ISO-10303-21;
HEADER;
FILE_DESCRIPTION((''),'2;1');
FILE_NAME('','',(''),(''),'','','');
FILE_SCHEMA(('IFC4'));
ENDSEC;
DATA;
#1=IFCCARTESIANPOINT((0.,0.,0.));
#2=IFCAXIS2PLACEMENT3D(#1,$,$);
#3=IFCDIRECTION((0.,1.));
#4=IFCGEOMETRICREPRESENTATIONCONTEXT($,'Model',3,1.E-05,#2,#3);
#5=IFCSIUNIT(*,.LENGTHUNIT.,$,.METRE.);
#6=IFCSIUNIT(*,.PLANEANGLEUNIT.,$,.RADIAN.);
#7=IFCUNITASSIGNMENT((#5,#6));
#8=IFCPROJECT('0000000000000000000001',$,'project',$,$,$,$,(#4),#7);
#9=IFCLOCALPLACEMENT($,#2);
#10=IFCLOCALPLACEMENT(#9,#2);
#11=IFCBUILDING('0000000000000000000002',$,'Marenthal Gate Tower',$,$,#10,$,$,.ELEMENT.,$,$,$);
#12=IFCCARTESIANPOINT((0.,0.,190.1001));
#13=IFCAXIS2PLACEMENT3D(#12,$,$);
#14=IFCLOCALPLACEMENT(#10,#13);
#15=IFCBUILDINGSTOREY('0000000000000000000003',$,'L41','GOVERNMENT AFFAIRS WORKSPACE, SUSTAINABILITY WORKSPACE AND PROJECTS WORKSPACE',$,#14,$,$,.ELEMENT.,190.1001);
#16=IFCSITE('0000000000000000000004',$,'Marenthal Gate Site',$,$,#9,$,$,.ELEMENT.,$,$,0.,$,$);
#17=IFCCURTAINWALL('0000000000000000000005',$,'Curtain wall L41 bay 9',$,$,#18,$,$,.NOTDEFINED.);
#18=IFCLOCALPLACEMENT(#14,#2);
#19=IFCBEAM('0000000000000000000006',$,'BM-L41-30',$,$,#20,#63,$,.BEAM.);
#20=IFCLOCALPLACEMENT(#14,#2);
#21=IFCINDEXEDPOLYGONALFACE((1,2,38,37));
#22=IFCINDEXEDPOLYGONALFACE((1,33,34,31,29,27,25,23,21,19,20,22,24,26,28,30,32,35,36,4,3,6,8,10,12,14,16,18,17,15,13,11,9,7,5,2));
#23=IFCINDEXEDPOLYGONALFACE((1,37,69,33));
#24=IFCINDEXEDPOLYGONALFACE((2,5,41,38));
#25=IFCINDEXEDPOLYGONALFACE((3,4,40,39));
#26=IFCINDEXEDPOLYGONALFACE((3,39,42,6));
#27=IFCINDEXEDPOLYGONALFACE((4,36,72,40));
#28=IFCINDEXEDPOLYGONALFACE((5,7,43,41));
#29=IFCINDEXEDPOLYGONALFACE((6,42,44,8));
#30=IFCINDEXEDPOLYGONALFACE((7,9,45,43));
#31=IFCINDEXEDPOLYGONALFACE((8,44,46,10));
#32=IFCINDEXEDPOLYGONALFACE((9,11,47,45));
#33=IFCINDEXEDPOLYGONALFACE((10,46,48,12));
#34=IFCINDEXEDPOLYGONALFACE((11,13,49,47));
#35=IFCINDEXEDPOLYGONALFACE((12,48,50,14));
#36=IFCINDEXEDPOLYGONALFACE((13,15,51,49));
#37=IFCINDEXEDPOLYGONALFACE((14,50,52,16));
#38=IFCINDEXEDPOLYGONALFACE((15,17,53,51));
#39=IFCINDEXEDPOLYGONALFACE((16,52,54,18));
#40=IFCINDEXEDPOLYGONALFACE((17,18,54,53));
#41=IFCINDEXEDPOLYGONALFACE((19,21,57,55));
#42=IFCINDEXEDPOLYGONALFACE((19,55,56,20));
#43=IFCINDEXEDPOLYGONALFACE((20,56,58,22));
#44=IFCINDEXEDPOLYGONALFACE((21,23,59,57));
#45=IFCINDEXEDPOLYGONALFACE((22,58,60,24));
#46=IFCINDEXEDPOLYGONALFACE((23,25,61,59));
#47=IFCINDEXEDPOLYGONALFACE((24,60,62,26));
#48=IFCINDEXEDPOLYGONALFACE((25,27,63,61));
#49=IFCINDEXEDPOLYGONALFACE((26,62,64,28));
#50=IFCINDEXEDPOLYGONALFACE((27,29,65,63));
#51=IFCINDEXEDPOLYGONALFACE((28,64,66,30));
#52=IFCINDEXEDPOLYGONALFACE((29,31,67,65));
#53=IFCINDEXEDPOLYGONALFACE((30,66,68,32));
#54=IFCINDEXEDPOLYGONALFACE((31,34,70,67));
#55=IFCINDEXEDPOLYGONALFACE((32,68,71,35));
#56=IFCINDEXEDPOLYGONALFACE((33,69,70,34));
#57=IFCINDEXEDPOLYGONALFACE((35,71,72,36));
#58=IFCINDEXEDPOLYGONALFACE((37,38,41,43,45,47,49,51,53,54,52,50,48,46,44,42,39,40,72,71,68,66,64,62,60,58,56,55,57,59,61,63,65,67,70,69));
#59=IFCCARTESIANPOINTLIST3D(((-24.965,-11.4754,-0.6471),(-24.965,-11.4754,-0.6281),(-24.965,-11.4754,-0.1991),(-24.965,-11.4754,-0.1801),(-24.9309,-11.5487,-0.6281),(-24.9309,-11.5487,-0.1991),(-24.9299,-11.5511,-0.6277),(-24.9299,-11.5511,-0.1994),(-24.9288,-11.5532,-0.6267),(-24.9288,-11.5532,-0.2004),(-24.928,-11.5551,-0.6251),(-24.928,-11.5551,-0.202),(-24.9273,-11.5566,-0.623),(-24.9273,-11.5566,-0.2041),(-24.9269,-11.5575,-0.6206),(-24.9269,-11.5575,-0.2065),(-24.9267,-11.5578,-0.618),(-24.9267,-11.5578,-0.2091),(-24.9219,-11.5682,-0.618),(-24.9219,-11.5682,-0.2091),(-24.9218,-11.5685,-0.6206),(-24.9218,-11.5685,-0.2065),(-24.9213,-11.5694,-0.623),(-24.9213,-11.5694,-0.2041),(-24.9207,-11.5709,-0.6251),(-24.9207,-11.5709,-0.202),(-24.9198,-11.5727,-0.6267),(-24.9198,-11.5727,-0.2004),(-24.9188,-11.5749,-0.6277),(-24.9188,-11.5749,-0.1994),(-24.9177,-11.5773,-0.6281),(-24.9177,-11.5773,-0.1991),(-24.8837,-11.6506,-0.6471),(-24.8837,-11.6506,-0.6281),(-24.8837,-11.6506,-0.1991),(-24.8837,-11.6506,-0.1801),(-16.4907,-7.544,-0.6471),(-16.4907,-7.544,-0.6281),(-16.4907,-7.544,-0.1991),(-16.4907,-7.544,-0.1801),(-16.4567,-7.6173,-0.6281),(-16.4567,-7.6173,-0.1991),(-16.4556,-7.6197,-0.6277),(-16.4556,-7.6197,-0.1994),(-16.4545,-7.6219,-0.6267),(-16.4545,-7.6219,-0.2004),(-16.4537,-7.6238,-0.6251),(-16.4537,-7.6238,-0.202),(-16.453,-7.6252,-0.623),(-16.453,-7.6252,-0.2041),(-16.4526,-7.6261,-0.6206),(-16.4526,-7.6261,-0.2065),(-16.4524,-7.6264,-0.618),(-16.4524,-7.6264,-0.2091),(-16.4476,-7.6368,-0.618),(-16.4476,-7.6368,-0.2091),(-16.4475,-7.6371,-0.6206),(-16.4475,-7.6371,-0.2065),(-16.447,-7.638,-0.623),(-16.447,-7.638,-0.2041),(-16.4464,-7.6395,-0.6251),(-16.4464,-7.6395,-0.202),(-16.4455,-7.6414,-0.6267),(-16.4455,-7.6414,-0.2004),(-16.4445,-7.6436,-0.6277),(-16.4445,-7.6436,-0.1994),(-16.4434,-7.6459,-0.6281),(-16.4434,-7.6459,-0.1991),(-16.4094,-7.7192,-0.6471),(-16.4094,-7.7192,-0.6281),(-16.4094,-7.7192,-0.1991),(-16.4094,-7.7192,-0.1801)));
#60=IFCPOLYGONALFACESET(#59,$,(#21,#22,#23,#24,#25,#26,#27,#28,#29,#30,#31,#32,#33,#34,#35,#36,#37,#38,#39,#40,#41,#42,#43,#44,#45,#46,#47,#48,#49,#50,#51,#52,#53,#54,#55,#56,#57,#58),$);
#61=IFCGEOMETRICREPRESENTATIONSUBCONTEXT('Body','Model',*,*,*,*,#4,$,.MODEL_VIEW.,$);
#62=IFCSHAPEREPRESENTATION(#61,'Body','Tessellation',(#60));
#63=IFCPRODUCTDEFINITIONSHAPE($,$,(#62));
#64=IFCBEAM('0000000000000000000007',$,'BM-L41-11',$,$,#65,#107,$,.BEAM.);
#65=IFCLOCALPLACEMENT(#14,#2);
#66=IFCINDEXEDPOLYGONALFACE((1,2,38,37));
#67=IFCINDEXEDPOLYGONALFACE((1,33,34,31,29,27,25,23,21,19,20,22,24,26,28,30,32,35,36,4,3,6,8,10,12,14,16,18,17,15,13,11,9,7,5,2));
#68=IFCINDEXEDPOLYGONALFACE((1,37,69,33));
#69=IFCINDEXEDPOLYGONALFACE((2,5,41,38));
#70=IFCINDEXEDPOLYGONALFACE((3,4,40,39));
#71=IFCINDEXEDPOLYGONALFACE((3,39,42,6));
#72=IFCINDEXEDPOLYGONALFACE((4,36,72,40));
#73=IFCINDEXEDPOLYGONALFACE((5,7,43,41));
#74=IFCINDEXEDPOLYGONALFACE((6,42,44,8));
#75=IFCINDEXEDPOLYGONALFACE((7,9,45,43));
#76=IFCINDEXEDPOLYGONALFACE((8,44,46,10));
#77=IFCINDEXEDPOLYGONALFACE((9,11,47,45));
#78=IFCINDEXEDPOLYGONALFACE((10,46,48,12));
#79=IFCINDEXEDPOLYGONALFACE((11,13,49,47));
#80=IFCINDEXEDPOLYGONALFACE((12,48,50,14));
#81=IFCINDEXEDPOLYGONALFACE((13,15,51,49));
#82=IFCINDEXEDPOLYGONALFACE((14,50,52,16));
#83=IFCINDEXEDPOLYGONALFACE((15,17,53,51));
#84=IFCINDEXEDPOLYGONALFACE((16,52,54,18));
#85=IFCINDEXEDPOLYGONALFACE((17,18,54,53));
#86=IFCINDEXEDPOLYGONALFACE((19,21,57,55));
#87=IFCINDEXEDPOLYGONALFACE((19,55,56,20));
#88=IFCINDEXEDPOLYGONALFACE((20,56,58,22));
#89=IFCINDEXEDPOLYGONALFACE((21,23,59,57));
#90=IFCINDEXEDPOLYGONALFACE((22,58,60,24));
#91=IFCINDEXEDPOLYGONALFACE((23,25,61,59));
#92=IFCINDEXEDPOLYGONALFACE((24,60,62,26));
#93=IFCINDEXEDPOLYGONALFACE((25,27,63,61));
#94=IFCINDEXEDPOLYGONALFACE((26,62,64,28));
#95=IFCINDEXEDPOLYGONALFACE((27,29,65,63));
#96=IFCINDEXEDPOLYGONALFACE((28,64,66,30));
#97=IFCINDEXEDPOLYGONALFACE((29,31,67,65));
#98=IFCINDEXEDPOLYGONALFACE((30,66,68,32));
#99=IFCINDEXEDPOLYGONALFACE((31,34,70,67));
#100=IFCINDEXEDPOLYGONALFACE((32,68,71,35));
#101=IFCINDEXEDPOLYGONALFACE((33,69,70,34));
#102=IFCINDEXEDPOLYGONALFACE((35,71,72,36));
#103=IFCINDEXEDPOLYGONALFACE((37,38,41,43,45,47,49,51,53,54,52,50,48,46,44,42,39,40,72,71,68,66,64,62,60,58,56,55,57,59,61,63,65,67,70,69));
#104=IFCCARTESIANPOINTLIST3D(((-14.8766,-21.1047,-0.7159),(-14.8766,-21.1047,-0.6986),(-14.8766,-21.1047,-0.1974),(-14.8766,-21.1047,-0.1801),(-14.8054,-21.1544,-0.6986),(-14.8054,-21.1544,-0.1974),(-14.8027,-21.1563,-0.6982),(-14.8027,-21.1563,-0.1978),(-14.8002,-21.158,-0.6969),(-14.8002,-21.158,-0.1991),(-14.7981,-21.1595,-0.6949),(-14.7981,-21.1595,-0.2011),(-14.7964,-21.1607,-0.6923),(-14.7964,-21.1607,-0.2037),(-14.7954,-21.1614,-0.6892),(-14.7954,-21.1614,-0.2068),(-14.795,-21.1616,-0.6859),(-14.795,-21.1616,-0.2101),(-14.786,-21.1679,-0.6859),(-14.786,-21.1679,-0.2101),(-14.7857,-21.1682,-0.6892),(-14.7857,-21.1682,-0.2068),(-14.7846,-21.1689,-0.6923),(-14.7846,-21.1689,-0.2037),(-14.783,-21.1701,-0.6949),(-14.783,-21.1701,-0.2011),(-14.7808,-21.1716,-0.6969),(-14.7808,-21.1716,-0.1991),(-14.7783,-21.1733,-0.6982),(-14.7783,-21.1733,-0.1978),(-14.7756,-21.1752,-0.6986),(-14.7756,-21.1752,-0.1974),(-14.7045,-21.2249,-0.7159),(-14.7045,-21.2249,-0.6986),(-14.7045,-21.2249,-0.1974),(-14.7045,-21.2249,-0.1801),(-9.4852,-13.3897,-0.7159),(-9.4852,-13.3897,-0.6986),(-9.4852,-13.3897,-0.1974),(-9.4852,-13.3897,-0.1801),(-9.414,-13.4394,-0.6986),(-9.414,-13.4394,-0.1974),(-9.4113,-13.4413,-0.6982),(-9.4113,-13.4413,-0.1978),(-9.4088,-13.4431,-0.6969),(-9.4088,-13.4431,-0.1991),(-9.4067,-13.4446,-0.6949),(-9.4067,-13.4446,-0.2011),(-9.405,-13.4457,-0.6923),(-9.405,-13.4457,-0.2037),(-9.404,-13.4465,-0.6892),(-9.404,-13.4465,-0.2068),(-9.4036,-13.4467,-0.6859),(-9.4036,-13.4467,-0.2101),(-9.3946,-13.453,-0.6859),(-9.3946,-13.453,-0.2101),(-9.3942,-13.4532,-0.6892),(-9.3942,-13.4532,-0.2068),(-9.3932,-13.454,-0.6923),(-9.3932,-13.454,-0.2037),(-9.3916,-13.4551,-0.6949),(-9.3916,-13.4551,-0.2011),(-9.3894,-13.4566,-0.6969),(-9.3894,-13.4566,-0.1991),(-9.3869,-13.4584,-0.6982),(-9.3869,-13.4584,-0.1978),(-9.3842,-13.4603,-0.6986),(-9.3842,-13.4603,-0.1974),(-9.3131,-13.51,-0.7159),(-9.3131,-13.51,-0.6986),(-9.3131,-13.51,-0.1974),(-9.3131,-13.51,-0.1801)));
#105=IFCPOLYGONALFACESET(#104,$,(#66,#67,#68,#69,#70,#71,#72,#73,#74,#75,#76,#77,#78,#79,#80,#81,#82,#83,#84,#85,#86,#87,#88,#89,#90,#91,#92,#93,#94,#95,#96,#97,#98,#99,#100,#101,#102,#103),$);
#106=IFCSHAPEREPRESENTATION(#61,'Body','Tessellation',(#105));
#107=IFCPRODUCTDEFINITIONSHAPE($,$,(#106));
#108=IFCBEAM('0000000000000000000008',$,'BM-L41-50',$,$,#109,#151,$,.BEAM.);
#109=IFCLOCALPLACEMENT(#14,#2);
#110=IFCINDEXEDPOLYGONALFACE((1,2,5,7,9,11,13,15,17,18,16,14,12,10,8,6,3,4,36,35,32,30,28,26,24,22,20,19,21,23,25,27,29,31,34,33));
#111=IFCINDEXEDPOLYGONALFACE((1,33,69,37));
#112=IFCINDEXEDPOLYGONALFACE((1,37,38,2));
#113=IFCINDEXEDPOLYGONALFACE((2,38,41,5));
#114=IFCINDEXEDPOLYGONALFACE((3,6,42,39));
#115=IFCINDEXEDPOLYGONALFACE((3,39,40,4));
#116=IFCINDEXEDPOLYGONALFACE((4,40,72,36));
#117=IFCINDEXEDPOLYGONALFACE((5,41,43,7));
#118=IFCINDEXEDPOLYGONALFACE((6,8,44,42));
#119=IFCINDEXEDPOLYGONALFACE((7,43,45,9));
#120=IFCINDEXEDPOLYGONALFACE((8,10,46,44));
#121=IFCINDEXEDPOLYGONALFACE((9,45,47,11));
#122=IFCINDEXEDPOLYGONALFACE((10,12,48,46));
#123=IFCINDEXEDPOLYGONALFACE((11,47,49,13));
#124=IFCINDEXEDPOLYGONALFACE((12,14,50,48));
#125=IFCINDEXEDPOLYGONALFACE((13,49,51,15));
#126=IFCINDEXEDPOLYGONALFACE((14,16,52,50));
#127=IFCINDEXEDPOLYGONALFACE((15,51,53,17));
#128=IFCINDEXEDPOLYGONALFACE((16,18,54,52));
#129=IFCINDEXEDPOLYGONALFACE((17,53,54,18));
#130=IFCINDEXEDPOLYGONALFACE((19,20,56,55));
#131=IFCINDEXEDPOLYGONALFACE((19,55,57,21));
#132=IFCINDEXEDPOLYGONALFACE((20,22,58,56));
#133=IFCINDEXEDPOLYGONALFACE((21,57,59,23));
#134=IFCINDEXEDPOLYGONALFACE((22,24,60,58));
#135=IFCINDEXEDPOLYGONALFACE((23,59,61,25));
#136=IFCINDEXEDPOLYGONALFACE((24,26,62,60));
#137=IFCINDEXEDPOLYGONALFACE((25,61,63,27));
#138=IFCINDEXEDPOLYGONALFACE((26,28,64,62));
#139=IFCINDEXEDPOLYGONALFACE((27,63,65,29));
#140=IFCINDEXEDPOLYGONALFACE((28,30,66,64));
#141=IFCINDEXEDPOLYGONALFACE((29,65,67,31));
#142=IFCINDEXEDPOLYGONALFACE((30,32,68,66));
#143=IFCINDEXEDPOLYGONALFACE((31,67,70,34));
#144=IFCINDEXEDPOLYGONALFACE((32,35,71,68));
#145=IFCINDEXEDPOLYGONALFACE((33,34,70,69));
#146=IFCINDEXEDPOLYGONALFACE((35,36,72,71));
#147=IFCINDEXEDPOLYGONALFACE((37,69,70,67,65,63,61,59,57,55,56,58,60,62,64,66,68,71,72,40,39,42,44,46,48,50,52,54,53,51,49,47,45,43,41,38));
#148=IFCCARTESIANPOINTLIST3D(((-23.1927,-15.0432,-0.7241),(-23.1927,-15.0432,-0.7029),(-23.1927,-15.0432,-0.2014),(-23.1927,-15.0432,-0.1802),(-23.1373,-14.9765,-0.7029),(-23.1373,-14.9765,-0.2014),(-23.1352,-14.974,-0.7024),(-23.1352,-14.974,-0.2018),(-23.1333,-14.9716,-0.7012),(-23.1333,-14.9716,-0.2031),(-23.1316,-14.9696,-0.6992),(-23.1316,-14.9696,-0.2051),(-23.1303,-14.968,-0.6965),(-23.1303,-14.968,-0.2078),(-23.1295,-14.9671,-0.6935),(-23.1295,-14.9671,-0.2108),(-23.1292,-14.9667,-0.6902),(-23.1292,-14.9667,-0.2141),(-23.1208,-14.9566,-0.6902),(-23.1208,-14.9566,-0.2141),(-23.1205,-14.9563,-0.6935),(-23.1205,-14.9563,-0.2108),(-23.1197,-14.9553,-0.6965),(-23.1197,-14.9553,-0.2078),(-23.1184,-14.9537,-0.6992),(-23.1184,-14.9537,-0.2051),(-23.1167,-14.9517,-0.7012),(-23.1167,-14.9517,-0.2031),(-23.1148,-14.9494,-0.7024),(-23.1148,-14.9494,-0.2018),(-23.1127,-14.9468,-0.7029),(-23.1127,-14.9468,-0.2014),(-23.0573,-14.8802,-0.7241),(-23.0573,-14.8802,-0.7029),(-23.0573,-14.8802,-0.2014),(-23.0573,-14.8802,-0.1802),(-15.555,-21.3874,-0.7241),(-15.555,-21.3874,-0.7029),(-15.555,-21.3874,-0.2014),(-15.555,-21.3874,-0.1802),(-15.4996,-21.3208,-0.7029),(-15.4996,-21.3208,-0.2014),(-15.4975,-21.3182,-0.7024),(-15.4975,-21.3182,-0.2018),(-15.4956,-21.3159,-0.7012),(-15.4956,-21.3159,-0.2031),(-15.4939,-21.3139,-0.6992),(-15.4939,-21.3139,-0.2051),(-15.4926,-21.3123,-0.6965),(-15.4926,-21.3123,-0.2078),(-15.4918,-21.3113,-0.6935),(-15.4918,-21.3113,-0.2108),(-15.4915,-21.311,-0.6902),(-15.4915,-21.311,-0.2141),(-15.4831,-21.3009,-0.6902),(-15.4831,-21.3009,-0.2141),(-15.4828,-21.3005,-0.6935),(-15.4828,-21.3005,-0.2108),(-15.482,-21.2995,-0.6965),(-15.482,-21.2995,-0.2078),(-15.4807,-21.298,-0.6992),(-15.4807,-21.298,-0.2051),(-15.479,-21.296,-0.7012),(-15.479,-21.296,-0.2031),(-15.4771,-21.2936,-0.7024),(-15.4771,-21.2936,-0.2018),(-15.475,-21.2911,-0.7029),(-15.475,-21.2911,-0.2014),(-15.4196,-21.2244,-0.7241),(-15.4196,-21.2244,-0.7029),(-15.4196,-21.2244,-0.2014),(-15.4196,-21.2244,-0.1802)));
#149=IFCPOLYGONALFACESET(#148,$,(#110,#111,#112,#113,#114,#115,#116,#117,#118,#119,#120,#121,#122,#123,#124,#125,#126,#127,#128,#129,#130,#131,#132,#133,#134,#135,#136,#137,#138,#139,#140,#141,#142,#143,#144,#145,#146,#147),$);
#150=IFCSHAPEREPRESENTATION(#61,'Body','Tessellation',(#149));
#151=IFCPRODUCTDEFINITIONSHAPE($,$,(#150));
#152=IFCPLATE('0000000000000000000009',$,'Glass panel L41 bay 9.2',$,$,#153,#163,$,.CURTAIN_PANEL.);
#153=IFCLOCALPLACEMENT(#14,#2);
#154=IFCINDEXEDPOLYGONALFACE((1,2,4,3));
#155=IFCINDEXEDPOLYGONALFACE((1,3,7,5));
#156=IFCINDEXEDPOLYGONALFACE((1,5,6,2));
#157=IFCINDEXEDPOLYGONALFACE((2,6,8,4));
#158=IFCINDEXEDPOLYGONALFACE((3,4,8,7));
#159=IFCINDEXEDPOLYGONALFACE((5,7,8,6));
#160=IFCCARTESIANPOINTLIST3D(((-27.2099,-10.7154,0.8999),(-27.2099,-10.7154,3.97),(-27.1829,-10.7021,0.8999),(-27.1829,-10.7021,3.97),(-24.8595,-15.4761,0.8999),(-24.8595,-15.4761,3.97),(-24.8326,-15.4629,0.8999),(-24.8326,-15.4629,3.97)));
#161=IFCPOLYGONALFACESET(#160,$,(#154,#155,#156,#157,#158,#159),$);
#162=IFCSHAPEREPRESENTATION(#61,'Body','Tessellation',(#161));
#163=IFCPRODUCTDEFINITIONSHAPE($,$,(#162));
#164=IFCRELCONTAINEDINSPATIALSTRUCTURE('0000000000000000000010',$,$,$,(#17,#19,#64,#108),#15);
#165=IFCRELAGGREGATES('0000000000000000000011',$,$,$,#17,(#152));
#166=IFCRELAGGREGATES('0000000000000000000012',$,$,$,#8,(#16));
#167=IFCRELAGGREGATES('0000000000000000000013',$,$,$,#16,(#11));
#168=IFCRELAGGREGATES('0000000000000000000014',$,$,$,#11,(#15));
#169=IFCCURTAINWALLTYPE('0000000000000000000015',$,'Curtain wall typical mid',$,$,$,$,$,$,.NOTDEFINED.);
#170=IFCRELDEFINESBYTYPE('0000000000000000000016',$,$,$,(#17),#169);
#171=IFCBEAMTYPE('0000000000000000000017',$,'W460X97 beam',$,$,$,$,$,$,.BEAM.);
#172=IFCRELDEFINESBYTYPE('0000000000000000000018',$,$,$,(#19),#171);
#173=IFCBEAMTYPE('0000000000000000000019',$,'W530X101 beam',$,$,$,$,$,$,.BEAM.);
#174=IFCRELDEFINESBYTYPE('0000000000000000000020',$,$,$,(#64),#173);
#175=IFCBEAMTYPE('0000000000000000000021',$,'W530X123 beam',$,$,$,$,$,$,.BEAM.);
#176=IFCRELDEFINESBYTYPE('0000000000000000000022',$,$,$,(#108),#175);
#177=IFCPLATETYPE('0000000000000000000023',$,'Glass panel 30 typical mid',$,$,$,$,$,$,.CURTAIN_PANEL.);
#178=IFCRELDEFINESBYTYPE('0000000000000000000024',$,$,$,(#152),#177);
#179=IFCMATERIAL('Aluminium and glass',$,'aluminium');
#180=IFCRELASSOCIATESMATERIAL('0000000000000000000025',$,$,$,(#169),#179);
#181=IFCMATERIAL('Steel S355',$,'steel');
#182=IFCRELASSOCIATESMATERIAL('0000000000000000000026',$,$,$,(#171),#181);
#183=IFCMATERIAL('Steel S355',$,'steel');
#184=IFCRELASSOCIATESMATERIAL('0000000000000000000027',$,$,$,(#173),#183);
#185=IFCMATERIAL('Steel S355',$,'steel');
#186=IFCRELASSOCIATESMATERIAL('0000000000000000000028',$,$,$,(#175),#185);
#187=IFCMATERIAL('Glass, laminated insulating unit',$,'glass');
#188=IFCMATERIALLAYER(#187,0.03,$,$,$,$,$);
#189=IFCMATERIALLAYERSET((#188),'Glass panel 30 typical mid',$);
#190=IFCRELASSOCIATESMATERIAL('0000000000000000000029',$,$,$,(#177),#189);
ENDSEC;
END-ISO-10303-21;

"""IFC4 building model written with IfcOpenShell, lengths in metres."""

from ifc_helpers import new_model, si_unit, direction, frame, origin, origin_2d, place, context, subcontext, project, spatial, rectangle, i_section, extrude, material, layer, layer_set, material_profile, profile_set, type_object, element, aggregate, save


model = new_model("IFC4")

# Units and contexts
model_context = context("Model", 3, precision=1e-05, world=origin(), true_north=direction((0.0, 1.0)))
body_context = subcontext(model_context, "Body", "Model", "MODEL_VIEW")
ifc_project = project(units=[si_unit("LENGTHUNIT", "METRE"), si_unit("PLANEANGLEUNIT", "RADIAN")], contexts=[model_context])

# Site, building, storey
site_placement = place(None, origin())
site = spatial("IfcSite", under=ifc_project, at=site_placement, Name="Marenthal Gate Site", CompositionType="ELEMENT", RefElevation=0.0)
building_placement = place(site_placement, origin())
building = spatial("IfcBuilding", under=site, at=building_placement, Name="Marenthal Gate Tower", CompositionType="ELEMENT")
storey_placement = place(building_placement, frame((0.0, 0.0, 190.1001)))
storey = spatial("IfcBuildingStorey", under=building, at=storey_placement, Name="L41", Description="GOVERNMENT AFFAIRS WORKSPACE, SUSTAINABILITY WORKSPACE AND PROJECTS WORKSPACE", CompositionType="ELEMENT", Elevation=190.1001)

# Curtain wall
ifc_material_1 = material(Name="Aluminium and glass", Category="aluminium")
curtain_wall_type = type_object("IfcCurtainWallType", Name="Curtain wall typical mid", PredefinedType="NOTDEFINED", material=ifc_material_1)
curtain_wall_1_placement = place(storey_placement, origin())
curtain_wall_1 = element("IfcCurtainWall", 1, at=curtain_wall_1_placement, inside=storey, type_object=curtain_wall_type, Name="Curtain wall L41 bay 9", PredefinedType="NOTDEFINED")

# Beams
ifc_material_2 = material(Name="Steel S355", Category="steel")
ifc_material_profile_1 = material_profile(ifc_material_2, i_section(OverallWidth=0.1931, OverallDepth=0.467, WebThickness=0.0115, FlangeThickness=0.019, FilletRadius=0.01, at=origin_2d()), Name="W460X97")
ifc_profile_set_1 = profile_set([ifc_material_profile_1], Name="Steel S355")
beam_type_1 = type_object("IfcBeamType", Name="W460X97 beam", PredefinedType="BEAM", material=ifc_profile_set_1)
beam_1_placement = place(storey_placement, frame((-24.9243, -11.563, -0.4136), z_axis=(0.907137, 0.420836, 0.0), x_axis=(-0.420836, 0.907137, 0.0)))
element("IfcBeam", 2, at=beam_1_placement, inside=storey, type_object=beam_type_1, Name="BM-L41-30", PredefinedType="BEAM", context=body_context, shape_type="SweptSolid", body=[
    extrude(i_section(OverallWidth=0.1931, OverallDepth=0.467, WebThickness=0.0115, FlangeThickness=0.019, FilletRadius=0.01, at=origin_2d()), origin(), (0.0, 0.0, 1.0), 9.3418),
])
ifc_material_3 = material(Name="Steel S355", Category="steel")
ifc_material_profile_2 = material_profile(ifc_material_3, i_section(OverallWidth=0.21, OverallDepth=0.5359, WebThickness=0.011, FlangeThickness=0.0173, FilletRadius=0.0127, at=origin_2d()), Name="W530X101")
ifc_profile_set_2 = profile_set([ifc_material_profile_2], Name="Steel S355")
beam_type_2 = type_object("IfcBeamType", Name="W530X101 beam", PredefinedType="BEAM", material=ifc_profile_set_2)
beam_2_placement = place(storey_placement, frame((-14.7905, -21.1648, -0.448), z_axis=(0.572818, 0.819683, 0.0), x_axis=(-0.819683, 0.572818, 0.0)))
element("IfcBeam", 3, at=beam_2_placement, inside=storey, type_object=beam_type_2, Name="BM-L41-11", PredefinedType="BEAM", context=body_context, shape_type="SweptSolid", body=[
    extrude(i_section(OverallWidth=0.21, OverallDepth=0.5359, WebThickness=0.011, FlangeThickness=0.0173, FilletRadius=0.0127, at=origin_2d()), origin(), (0.0, 0.0, 1.0), 9.4121),
])
ifc_material_4 = material(Name="Steel S355", Category="steel")
ifc_material_profile_3 = material_profile(ifc_material_4, i_section(OverallWidth=0.2119, OverallDepth=0.5439, WebThickness=0.0132, FlangeThickness=0.0212, FilletRadius=0.0127, at=origin_2d()), Name="W530X123")
ifc_profile_set_3 = profile_set([ifc_material_profile_3], Name="Steel S355")
beam_type_3 = type_object("IfcBeamType", Name="W530X123 beam", PredefinedType="BEAM", material=ifc_profile_set_3)
beam_3_placement = place(storey_placement, frame((-23.125, -14.9617, -0.4521), z_axis=(0.769236, -0.638965, 0.0), x_axis=(0.638965, 0.769236, 0.0)))
element("IfcBeam", 4, at=beam_3_placement, inside=storey, type_object=beam_type_3, Name="BM-L41-50", PredefinedType="BEAM", context=body_context, shape_type="SweptSolid", body=[
    extrude(i_section(OverallWidth=0.2119, OverallDepth=0.5439, WebThickness=0.0132, FlangeThickness=0.0212, FilletRadius=0.0127, at=origin_2d()), origin(), (0.0, 0.0, 1.0), 9.929),
])

# Plate
ifc_material_5 = material(Name="Glass, laminated insulating unit", Category="glass")
ifc_layer_1 = layer(ifc_material_5, 0.03)
ifc_layer_set_1 = layer_set([ifc_layer_1], Name="Glass panel 30 typical mid")
plate_type = type_object("IfcPlateType", Name="Glass panel 30 typical mid", PredefinedType="CURTAIN_PANEL", material=ifc_layer_set_1)
plate_placement = place(storey_placement, frame((-26.0212, -13.0891, 0.8999), z_axis=(0.0, 0.0, 1.0), x_axis=(0.442678, -0.896681, 0.0)))
plate = element("IfcPlate", 5, at=plate_placement, type_object=plate_type, Name="Glass panel L41 bay 9.2", PredefinedType="CURTAIN_PANEL", context=body_context, shape_type="SweptSolid", body=[
    extrude(rectangle(XDim=5.3093, YDim=0.03, at=origin_2d()), origin(), (0.0, 0.0, 1.0), 3.0701),
])
aggregate(curtain_wall_1, [plate])

save(model, "model.ifc")
